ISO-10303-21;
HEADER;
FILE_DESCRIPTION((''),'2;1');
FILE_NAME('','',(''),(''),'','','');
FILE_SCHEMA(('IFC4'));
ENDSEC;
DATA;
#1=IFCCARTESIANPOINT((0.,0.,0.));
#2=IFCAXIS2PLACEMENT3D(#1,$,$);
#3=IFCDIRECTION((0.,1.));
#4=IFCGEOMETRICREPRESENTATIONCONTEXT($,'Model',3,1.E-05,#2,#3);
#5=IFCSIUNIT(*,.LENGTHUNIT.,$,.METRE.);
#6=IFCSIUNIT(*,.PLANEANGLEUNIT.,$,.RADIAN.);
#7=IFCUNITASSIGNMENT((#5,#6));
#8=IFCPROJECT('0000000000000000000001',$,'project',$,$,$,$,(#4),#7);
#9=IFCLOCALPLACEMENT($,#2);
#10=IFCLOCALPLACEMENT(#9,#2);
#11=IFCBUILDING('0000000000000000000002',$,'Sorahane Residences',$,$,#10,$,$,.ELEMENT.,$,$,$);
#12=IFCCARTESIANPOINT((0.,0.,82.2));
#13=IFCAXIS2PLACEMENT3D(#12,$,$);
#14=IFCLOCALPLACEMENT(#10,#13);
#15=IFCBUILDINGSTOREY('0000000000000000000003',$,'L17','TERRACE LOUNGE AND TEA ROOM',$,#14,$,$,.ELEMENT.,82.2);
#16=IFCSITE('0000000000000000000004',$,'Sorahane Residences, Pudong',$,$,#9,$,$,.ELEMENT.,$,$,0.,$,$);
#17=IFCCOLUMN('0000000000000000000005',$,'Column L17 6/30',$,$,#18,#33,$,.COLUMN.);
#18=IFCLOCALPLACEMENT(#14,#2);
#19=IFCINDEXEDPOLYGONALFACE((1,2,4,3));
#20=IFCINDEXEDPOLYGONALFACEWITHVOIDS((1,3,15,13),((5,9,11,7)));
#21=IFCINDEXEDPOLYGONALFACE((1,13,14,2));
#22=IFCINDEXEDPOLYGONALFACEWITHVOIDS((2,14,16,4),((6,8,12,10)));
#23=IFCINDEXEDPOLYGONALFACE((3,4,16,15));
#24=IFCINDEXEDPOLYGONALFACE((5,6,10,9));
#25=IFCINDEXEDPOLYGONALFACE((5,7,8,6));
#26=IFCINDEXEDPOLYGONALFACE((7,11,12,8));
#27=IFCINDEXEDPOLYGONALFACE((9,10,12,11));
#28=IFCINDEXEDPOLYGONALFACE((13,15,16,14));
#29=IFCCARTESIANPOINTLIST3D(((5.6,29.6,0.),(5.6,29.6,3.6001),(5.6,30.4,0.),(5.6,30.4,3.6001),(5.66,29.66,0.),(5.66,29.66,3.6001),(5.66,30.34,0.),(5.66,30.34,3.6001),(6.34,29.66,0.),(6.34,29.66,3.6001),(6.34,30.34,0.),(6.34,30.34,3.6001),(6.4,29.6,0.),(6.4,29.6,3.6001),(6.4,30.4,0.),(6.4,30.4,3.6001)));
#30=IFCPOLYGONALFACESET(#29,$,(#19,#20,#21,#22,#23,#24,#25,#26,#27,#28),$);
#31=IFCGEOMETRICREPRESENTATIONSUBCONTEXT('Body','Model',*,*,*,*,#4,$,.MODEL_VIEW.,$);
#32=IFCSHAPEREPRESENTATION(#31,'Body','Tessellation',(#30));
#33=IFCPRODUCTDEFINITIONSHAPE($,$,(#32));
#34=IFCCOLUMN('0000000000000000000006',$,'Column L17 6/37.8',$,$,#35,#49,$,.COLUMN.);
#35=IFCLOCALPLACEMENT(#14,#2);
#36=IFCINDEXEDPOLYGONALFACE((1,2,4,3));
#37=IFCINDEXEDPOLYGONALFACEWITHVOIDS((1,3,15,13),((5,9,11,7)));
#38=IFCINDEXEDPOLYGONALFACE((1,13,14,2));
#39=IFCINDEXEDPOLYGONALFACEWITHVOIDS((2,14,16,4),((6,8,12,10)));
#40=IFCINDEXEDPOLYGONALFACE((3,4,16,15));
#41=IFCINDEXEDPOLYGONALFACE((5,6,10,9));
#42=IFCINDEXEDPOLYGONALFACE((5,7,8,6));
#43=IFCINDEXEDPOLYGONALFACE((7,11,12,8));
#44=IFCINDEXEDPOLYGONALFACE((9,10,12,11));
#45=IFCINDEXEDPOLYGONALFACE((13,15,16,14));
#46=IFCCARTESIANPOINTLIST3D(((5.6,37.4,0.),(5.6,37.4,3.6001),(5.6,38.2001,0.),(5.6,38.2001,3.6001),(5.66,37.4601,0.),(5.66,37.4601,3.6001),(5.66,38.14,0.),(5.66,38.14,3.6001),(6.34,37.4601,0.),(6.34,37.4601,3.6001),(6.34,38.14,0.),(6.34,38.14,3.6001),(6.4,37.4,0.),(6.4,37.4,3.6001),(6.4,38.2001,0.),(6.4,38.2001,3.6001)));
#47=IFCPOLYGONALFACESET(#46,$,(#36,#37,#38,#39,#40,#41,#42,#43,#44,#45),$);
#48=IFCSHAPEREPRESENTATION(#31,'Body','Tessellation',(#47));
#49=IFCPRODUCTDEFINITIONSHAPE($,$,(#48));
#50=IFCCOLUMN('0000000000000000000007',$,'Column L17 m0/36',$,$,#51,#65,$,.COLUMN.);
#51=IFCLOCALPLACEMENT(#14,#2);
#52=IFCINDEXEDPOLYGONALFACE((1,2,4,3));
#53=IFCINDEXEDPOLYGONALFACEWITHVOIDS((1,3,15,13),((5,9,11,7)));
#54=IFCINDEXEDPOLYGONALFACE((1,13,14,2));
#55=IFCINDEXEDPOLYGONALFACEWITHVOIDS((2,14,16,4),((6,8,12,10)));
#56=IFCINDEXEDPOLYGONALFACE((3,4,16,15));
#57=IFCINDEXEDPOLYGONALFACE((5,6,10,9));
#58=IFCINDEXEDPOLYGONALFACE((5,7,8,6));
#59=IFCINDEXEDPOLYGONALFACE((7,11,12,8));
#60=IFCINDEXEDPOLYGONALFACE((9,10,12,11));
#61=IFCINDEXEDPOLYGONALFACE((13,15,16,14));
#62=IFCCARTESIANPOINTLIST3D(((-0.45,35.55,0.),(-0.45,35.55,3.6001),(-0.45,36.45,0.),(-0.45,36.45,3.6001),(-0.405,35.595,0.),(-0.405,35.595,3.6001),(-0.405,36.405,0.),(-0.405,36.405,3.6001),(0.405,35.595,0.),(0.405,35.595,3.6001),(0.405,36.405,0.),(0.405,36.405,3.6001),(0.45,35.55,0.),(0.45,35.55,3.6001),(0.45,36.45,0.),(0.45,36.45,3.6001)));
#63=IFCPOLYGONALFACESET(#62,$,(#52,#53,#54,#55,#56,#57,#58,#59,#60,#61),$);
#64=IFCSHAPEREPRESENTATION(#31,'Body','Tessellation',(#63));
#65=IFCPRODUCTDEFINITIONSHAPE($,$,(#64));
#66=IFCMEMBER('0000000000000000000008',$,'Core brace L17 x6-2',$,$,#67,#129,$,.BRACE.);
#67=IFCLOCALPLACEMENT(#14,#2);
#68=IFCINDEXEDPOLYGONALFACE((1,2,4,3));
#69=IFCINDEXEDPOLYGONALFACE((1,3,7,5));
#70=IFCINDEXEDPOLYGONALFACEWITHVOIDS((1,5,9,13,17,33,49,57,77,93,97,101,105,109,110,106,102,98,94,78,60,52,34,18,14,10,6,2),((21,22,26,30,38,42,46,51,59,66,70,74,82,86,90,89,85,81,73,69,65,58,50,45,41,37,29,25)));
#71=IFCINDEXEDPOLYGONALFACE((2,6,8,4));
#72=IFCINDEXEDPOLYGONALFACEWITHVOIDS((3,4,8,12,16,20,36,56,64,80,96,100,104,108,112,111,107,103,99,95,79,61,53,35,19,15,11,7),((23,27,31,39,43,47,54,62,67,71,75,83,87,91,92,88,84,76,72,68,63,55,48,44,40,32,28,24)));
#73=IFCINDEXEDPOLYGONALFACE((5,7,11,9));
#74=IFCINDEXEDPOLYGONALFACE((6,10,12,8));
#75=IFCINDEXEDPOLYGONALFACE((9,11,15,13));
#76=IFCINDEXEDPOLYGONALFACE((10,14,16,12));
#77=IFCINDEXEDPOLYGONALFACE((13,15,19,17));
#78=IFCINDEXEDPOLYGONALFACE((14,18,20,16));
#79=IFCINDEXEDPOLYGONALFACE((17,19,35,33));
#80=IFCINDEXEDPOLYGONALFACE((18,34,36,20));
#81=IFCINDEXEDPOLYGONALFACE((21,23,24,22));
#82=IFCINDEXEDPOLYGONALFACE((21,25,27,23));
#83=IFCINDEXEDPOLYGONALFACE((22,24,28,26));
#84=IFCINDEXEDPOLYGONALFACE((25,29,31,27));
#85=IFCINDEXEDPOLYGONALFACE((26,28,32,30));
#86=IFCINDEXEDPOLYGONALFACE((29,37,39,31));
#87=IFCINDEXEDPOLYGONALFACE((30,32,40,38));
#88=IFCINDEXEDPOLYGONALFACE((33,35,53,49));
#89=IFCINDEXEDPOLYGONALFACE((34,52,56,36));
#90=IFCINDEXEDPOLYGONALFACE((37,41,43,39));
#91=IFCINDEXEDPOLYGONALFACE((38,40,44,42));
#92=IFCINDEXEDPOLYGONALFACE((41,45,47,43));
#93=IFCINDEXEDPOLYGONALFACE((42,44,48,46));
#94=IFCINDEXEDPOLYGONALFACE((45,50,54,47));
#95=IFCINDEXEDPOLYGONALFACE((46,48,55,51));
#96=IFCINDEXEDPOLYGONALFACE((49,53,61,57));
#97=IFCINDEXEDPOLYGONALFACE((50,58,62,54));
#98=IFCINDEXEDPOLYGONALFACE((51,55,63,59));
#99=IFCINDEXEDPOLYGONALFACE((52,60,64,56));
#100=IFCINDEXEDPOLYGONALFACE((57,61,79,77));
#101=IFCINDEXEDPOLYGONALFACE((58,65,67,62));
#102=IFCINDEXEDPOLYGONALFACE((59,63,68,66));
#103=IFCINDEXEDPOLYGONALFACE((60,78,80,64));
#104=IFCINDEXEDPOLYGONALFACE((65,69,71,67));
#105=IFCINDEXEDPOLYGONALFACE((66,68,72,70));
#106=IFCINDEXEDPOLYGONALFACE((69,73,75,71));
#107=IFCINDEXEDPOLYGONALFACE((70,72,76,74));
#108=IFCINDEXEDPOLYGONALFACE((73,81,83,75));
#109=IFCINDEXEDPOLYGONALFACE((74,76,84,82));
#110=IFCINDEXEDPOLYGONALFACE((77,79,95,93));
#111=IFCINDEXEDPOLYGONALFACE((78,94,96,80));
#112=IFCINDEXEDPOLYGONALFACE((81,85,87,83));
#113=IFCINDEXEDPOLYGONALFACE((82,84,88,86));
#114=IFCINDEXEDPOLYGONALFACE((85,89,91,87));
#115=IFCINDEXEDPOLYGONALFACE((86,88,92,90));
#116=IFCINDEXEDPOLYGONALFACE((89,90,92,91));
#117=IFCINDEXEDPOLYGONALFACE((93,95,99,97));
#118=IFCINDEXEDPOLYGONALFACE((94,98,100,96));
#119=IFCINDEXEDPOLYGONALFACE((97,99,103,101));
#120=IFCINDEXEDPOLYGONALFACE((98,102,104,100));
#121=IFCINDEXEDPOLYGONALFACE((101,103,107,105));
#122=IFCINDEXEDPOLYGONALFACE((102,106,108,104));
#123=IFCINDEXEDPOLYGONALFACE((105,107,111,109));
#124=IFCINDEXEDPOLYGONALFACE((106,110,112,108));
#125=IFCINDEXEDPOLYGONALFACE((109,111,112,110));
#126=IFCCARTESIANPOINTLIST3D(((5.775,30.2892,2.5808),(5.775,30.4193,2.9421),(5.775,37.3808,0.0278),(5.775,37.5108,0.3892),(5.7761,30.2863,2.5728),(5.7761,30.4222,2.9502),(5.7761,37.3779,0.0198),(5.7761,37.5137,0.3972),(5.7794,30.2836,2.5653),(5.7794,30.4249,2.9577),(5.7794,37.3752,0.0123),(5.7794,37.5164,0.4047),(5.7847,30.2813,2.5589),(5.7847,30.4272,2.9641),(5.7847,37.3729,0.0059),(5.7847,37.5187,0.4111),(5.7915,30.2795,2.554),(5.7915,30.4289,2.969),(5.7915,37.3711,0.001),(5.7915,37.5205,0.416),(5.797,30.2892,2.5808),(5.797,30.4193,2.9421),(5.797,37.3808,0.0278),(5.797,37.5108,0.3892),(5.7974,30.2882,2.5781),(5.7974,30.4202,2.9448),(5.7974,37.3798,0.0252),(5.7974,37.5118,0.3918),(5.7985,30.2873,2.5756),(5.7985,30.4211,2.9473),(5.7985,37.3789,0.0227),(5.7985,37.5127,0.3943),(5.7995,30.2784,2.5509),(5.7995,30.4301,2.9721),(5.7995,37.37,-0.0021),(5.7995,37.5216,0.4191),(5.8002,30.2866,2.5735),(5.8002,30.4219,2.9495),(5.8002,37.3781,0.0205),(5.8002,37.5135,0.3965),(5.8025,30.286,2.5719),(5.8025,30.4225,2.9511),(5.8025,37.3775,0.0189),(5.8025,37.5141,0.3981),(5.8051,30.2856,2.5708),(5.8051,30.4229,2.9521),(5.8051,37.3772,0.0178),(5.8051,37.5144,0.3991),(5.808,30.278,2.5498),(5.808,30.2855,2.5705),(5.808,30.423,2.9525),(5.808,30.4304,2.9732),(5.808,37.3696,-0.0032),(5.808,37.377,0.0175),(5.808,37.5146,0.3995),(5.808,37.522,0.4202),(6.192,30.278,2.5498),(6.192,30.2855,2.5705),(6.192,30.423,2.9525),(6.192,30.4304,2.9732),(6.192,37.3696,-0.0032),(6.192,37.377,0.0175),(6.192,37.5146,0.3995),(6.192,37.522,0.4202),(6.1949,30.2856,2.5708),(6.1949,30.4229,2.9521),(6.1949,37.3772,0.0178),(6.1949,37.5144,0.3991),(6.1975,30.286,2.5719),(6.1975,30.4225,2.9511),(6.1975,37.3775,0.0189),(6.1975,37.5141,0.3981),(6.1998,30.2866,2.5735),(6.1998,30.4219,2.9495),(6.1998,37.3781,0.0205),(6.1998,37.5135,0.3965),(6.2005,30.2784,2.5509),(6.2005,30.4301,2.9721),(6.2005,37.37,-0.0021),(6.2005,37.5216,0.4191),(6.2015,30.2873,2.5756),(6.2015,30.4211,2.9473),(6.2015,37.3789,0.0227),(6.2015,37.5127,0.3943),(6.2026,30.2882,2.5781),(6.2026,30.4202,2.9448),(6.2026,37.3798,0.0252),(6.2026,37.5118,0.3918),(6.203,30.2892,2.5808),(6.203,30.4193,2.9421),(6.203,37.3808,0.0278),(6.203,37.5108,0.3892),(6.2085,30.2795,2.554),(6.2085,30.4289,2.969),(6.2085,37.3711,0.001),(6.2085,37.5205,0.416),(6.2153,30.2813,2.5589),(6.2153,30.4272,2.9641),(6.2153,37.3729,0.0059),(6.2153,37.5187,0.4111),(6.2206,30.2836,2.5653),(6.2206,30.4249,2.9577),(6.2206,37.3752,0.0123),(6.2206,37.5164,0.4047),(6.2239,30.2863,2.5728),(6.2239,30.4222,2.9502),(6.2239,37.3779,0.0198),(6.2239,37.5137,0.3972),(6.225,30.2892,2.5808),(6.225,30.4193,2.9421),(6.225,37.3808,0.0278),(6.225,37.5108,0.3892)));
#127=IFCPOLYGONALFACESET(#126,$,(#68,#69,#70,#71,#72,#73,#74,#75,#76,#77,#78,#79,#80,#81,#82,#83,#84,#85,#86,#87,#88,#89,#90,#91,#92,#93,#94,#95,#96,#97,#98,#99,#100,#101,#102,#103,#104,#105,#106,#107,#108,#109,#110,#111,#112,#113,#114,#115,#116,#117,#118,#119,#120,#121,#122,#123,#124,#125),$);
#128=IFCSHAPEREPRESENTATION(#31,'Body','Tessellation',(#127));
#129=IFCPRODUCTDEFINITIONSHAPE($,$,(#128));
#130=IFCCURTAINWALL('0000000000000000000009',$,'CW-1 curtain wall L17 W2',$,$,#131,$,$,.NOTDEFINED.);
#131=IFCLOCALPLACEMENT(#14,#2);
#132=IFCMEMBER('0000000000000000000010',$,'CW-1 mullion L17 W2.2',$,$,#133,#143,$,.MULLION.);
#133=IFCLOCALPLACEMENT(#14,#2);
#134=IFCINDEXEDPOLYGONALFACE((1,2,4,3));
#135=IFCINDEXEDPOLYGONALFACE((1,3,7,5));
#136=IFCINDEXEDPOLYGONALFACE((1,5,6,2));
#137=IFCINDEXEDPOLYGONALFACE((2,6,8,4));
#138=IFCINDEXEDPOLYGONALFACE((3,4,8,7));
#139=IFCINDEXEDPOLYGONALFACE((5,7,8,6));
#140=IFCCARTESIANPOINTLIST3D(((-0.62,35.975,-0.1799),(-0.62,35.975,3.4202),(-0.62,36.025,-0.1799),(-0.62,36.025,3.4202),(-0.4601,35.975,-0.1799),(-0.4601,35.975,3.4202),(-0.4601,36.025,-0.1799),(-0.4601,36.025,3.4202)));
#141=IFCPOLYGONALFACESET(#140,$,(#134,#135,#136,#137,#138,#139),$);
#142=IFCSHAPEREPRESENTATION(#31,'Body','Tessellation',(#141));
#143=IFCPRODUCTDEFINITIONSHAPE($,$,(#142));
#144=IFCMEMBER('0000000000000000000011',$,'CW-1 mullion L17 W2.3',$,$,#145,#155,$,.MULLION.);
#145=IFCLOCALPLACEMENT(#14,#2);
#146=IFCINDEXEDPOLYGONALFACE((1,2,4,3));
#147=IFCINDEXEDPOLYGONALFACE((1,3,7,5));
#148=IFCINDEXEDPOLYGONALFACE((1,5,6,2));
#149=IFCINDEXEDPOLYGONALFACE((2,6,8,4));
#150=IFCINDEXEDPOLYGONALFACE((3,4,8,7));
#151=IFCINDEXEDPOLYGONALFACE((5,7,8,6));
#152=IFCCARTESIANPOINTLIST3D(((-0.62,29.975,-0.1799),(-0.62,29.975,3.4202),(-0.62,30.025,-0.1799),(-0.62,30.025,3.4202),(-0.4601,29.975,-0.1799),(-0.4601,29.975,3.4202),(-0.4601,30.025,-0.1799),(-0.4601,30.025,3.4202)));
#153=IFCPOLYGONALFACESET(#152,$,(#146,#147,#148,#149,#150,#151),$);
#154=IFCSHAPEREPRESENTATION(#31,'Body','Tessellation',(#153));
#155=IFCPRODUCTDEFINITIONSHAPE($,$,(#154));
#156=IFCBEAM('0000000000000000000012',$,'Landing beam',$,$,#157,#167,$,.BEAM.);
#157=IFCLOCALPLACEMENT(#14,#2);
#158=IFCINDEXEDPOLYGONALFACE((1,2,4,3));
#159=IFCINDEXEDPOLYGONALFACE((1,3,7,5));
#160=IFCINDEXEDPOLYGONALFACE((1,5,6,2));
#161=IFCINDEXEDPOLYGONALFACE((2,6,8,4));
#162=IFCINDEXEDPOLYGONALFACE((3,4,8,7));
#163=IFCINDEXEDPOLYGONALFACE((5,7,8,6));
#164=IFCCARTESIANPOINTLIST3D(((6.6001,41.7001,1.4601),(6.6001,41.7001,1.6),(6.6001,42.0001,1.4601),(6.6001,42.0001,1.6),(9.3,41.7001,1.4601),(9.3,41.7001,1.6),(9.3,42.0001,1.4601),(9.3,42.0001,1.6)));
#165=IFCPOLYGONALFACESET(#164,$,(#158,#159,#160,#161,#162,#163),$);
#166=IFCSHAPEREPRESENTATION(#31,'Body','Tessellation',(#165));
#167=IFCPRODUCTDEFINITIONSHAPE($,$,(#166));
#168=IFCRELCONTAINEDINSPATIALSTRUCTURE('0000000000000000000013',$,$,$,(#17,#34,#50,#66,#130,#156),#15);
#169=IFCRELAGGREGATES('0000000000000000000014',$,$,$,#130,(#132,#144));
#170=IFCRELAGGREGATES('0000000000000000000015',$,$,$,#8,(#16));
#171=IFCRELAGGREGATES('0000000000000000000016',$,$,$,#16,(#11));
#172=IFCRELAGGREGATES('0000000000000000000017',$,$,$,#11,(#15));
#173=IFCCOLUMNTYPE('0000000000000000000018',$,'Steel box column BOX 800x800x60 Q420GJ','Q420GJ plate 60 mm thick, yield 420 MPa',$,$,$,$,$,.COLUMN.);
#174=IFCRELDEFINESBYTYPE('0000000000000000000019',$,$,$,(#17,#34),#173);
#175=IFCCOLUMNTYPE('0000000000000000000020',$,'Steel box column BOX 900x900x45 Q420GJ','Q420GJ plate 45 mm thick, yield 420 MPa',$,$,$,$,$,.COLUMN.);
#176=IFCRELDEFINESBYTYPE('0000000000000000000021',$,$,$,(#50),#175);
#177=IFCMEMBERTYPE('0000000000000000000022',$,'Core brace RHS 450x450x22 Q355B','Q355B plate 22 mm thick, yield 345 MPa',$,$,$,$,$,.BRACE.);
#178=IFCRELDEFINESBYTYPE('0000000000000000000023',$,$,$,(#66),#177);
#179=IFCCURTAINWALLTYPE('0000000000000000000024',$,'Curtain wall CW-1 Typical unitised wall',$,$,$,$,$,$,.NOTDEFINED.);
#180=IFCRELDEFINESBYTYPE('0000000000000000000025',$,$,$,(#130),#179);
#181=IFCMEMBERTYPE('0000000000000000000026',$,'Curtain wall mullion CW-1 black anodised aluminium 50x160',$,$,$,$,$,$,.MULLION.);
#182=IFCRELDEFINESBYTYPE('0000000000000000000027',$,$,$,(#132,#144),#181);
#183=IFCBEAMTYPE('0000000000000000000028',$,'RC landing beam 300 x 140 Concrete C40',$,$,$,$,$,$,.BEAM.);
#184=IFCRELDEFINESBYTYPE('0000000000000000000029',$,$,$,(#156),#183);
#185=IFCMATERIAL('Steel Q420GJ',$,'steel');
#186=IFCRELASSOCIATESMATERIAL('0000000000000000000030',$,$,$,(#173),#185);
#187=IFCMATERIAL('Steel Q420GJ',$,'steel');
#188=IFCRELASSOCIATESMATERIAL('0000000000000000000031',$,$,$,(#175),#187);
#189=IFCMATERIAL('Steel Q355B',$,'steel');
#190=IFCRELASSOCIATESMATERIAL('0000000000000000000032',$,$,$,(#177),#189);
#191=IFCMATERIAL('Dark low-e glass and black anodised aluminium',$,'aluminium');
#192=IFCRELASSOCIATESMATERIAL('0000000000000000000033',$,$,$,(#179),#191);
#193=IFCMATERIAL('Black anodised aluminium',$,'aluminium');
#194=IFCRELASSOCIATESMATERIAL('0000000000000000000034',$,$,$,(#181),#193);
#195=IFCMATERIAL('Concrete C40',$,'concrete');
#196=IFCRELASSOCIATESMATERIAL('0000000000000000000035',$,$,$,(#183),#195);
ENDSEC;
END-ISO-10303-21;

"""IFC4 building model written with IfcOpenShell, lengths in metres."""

from ifc_helpers import new_model, si_unit, direction, frame, origin, origin_2d, place, context, subcontext, project, spatial, rectangle, hollow_rectangle, extrude, material, material_profile, profile_set, type_object, element, aggregate, save


model = new_model("IFC4")

# Units and contexts
model_context = context("Model", 3, precision=1e-05, world=origin(), true_north=direction((0.0, 1.0)))
body_context = subcontext(model_context, "Body", "Model", "MODEL_VIEW")
ifc_project = project(units=[si_unit("LENGTHUNIT", "METRE"), si_unit("PLANEANGLEUNIT", "RADIAN")], contexts=[model_context])

# Site, building, storey
site_placement = place(None, origin())
site = spatial("IfcSite", under=ifc_project, at=site_placement, Name="Sorahane Residences, Pudong", CompositionType="ELEMENT", RefElevation=0.0)
building_placement = place(site_placement, origin())
building = spatial("IfcBuilding", under=site, at=building_placement, Name="Sorahane Residences", CompositionType="ELEMENT")
storey_placement = place(building_placement, frame((0.0, 0.0, 82.2)))
storey = spatial("IfcBuildingStorey", under=building, at=storey_placement, Name="L17", Description="TERRACE LOUNGE AND TEA ROOM", CompositionType="ELEMENT", Elevation=82.2)

# Columns
ifc_material_1 = material(Name="Steel Q420GJ", Category="steel")
ifc_material_profile_1 = material_profile(ifc_material_1, hollow_rectangle(XDim=0.8, YDim=0.8, WallThickness=0.0601, at=origin_2d()), Name="BOX 800x800x60")
ifc_profile_set_1 = profile_set([ifc_material_profile_1], Name="Steel Q420GJ")
column_type_1 = type_object("IfcColumnType", Name="Steel box column BOX 800x800x60 Q420GJ", Description="Q420GJ plate 60 mm thick, yield 420 MPa", PredefinedType="COLUMN", material=ifc_profile_set_1)
for number, where, z_axis, x_axis, name in (
    (1, (6.0, 30.0, 0.0), (0.0, 0.0, 1.0), (1.0, 0.0, 0.0), "Column L17 6/30"),
    (2, (6.0, 37.8, 0.0), (0.0, 0.0, 1.0), (1.0, 0.0, 0.0), "Column L17 6/37.8"),
):
    element("IfcColumn", number, at=place(storey_placement, frame(where, z_axis=z_axis, x_axis=x_axis)), inside=storey, type_object=column_type_1, Name=name, PredefinedType="COLUMN", context=body_context, shape_type="SweptSolid", body=[
        extrude(hollow_rectangle(XDim=0.8, YDim=0.8, WallThickness=0.0601, at=origin_2d()), origin(), (0.0, 0.0, 1.0), 3.6001),
    ])
ifc_material_2 = material(Name="Steel Q420GJ", Category="steel")
ifc_material_profile_2 = material_profile(ifc_material_2, hollow_rectangle(XDim=0.8999, YDim=0.8999, WallThickness=0.0449, at=origin_2d()), Name="BOX 900x900x45")
ifc_profile_set_2 = profile_set([ifc_material_profile_2], Name="Steel Q420GJ")
column_type_2 = type_object("IfcColumnType", Name="Steel box column BOX 900x900x45 Q420GJ", Description="Q420GJ plate 45 mm thick, yield 420 MPa", PredefinedType="COLUMN", material=ifc_profile_set_2)
column_placement = place(storey_placement, frame((0.0, 36.0, 0.0), z_axis=(0.0, 0.0, 1.0), x_axis=(1.0, 0.0, 0.0)))
element("IfcColumn", 3, at=column_placement, inside=storey, type_object=column_type_2, Name="Column L17 m0/36", PredefinedType="COLUMN", context=body_context, shape_type="SweptSolid", body=[
    extrude(hollow_rectangle(XDim=0.8999, YDim=0.8999, WallThickness=0.0449, at=origin_2d()), origin(), (0.0, 0.0, 1.0), 3.6001),
])

# Member
ifc_material_3 = material(Name="Steel Q355B", Category="steel")
ifc_material_profile_3 = material_profile(ifc_material_3, hollow_rectangle(XDim=0.45, YDim=0.45, WallThickness=0.022, InnerFilletRadius=0.011, OuterFilletRadius=0.033, at=origin_2d()), Name="RHS 450x450x22")
ifc_profile_set_3 = profile_set([ifc_material_profile_3], Name="Steel Q355B")
member_type_1 = type_object("IfcMemberType", Name="Core brace RHS 450x450x22 Q355B", Description="Q355B plate 22 mm thick, yield 345 MPa", PredefinedType="BRACE", material=ifc_profile_set_3)
member_1_placement = place(storey_placement, frame((6.0, 37.4458, 0.2085), z_axis=(0.0, -0.940887, 0.338722), x_axis=(1.0, 0.0, 0.0)))
element("IfcMember", 4, at=member_1_placement, inside=storey, type_object=member_type_1, Name="Core brace L17 x6-2", PredefinedType="BRACE", context=body_context, shape_type="SweptSolid", body=[
    extrude(hollow_rectangle(XDim=0.45, YDim=0.45, WallThickness=0.022, InnerFilletRadius=0.011, OuterFilletRadius=0.033, at=origin_2d()), origin(), (0.0, 0.0, 1.0), 7.5371),
])

# Curtain wall, members
ifc_material_4 = material(Name="Dark low-e glass and black anodised aluminium", Category="aluminium")
curtain_wall_type = type_object("IfcCurtainWallType", Name="Curtain wall CW-1 Typical unitised wall", PredefinedType="NOTDEFINED", material=ifc_material_4)
curtain_wall_placement = place(storey_placement, origin())
curtain_wall = element("IfcCurtainWall", 5, at=curtain_wall_placement, inside=storey, type_object=curtain_wall_type, Name="CW-1 curtain wall L17 W2", PredefinedType="NOTDEFINED")
ifc_material_5 = material(Name="Black anodised aluminium", Category="aluminium")
ifc_material_profile_4 = material_profile(ifc_material_5, rectangle(XDim=0.1599, YDim=0.05, at=origin_2d()), Name="Curtain wall mullion CW-1 black anodised aluminium 50x160")
ifc_profile_set_4 = profile_set([ifc_material_profile_4], Name="Black anodised aluminium")
member_type_2 = type_object("IfcMemberType", Name="Curtain wall mullion CW-1 black anodised aluminium 50x160", PredefinedType="MULLION", material=ifc_profile_set_4)
member_2_placement = place(storey_placement, frame((-0.54, 36.0, -0.1799), z_axis=(0.0, 0.0, 1.0), x_axis=(-1.0, 0.0, 0.0)))
member_2 = element("IfcMember", 6, at=member_2_placement, type_object=member_type_2, Name="CW-1 mullion L17 W2.2", PredefinedType="MULLION", context=body_context, shape_type="SweptSolid", body=[
    extrude(rectangle(XDim=0.1599, YDim=0.05, at=origin_2d()), origin(), (0.0, 0.0, 1.0), 3.6001),
])
member_3_placement = place(storey_placement, frame((-0.54, 30.0, -0.1799), z_axis=(0.0, 0.0, 1.0), x_axis=(-1.0, 0.0, 0.0)))
member_3 = element("IfcMember", 7, at=member_3_placement, type_object=member_type_2, Name="CW-1 mullion L17 W2.3", PredefinedType="MULLION", context=body_context, shape_type="SweptSolid", body=[
    extrude(rectangle(XDim=0.1599, YDim=0.05, at=origin_2d()), origin(), (0.0, 0.0, 1.0), 3.6001),
])

# Beam
ifc_material_6 = material(Name="Concrete C40", Category="concrete")
ifc_material_profile_5 = material_profile(ifc_material_6, rectangle(XDim=0.3, YDim=0.1399, at=origin_2d()), Name="300x140")
ifc_profile_set_5 = profile_set([ifc_material_profile_5], Name="Concrete C40")
beam_type_1 = type_object("IfcBeamType", Name="RC landing beam 300 x 140 Concrete C40", PredefinedType="BEAM", material=ifc_profile_set_5)
beam_1_placement = place(storey_placement, frame((6.6001, 41.8501, 1.53), z_axis=(1.0, 0.0, 0.0), x_axis=(0.0, 1.0, 0.0)))
element("IfcBeam", 8, at=beam_1_placement, inside=storey, type_object=beam_type_1, Name="Landing beam", PredefinedType="BEAM", context=body_context, shape_type="SweptSolid", body=[
    extrude(rectangle(XDim=0.3, YDim=0.1399, at=origin_2d()), origin(), (0.0, 0.0, 1.0), 2.7),
])

aggregate(curtain_wall, [member_2, member_3])

save(model, "model.ifc")
